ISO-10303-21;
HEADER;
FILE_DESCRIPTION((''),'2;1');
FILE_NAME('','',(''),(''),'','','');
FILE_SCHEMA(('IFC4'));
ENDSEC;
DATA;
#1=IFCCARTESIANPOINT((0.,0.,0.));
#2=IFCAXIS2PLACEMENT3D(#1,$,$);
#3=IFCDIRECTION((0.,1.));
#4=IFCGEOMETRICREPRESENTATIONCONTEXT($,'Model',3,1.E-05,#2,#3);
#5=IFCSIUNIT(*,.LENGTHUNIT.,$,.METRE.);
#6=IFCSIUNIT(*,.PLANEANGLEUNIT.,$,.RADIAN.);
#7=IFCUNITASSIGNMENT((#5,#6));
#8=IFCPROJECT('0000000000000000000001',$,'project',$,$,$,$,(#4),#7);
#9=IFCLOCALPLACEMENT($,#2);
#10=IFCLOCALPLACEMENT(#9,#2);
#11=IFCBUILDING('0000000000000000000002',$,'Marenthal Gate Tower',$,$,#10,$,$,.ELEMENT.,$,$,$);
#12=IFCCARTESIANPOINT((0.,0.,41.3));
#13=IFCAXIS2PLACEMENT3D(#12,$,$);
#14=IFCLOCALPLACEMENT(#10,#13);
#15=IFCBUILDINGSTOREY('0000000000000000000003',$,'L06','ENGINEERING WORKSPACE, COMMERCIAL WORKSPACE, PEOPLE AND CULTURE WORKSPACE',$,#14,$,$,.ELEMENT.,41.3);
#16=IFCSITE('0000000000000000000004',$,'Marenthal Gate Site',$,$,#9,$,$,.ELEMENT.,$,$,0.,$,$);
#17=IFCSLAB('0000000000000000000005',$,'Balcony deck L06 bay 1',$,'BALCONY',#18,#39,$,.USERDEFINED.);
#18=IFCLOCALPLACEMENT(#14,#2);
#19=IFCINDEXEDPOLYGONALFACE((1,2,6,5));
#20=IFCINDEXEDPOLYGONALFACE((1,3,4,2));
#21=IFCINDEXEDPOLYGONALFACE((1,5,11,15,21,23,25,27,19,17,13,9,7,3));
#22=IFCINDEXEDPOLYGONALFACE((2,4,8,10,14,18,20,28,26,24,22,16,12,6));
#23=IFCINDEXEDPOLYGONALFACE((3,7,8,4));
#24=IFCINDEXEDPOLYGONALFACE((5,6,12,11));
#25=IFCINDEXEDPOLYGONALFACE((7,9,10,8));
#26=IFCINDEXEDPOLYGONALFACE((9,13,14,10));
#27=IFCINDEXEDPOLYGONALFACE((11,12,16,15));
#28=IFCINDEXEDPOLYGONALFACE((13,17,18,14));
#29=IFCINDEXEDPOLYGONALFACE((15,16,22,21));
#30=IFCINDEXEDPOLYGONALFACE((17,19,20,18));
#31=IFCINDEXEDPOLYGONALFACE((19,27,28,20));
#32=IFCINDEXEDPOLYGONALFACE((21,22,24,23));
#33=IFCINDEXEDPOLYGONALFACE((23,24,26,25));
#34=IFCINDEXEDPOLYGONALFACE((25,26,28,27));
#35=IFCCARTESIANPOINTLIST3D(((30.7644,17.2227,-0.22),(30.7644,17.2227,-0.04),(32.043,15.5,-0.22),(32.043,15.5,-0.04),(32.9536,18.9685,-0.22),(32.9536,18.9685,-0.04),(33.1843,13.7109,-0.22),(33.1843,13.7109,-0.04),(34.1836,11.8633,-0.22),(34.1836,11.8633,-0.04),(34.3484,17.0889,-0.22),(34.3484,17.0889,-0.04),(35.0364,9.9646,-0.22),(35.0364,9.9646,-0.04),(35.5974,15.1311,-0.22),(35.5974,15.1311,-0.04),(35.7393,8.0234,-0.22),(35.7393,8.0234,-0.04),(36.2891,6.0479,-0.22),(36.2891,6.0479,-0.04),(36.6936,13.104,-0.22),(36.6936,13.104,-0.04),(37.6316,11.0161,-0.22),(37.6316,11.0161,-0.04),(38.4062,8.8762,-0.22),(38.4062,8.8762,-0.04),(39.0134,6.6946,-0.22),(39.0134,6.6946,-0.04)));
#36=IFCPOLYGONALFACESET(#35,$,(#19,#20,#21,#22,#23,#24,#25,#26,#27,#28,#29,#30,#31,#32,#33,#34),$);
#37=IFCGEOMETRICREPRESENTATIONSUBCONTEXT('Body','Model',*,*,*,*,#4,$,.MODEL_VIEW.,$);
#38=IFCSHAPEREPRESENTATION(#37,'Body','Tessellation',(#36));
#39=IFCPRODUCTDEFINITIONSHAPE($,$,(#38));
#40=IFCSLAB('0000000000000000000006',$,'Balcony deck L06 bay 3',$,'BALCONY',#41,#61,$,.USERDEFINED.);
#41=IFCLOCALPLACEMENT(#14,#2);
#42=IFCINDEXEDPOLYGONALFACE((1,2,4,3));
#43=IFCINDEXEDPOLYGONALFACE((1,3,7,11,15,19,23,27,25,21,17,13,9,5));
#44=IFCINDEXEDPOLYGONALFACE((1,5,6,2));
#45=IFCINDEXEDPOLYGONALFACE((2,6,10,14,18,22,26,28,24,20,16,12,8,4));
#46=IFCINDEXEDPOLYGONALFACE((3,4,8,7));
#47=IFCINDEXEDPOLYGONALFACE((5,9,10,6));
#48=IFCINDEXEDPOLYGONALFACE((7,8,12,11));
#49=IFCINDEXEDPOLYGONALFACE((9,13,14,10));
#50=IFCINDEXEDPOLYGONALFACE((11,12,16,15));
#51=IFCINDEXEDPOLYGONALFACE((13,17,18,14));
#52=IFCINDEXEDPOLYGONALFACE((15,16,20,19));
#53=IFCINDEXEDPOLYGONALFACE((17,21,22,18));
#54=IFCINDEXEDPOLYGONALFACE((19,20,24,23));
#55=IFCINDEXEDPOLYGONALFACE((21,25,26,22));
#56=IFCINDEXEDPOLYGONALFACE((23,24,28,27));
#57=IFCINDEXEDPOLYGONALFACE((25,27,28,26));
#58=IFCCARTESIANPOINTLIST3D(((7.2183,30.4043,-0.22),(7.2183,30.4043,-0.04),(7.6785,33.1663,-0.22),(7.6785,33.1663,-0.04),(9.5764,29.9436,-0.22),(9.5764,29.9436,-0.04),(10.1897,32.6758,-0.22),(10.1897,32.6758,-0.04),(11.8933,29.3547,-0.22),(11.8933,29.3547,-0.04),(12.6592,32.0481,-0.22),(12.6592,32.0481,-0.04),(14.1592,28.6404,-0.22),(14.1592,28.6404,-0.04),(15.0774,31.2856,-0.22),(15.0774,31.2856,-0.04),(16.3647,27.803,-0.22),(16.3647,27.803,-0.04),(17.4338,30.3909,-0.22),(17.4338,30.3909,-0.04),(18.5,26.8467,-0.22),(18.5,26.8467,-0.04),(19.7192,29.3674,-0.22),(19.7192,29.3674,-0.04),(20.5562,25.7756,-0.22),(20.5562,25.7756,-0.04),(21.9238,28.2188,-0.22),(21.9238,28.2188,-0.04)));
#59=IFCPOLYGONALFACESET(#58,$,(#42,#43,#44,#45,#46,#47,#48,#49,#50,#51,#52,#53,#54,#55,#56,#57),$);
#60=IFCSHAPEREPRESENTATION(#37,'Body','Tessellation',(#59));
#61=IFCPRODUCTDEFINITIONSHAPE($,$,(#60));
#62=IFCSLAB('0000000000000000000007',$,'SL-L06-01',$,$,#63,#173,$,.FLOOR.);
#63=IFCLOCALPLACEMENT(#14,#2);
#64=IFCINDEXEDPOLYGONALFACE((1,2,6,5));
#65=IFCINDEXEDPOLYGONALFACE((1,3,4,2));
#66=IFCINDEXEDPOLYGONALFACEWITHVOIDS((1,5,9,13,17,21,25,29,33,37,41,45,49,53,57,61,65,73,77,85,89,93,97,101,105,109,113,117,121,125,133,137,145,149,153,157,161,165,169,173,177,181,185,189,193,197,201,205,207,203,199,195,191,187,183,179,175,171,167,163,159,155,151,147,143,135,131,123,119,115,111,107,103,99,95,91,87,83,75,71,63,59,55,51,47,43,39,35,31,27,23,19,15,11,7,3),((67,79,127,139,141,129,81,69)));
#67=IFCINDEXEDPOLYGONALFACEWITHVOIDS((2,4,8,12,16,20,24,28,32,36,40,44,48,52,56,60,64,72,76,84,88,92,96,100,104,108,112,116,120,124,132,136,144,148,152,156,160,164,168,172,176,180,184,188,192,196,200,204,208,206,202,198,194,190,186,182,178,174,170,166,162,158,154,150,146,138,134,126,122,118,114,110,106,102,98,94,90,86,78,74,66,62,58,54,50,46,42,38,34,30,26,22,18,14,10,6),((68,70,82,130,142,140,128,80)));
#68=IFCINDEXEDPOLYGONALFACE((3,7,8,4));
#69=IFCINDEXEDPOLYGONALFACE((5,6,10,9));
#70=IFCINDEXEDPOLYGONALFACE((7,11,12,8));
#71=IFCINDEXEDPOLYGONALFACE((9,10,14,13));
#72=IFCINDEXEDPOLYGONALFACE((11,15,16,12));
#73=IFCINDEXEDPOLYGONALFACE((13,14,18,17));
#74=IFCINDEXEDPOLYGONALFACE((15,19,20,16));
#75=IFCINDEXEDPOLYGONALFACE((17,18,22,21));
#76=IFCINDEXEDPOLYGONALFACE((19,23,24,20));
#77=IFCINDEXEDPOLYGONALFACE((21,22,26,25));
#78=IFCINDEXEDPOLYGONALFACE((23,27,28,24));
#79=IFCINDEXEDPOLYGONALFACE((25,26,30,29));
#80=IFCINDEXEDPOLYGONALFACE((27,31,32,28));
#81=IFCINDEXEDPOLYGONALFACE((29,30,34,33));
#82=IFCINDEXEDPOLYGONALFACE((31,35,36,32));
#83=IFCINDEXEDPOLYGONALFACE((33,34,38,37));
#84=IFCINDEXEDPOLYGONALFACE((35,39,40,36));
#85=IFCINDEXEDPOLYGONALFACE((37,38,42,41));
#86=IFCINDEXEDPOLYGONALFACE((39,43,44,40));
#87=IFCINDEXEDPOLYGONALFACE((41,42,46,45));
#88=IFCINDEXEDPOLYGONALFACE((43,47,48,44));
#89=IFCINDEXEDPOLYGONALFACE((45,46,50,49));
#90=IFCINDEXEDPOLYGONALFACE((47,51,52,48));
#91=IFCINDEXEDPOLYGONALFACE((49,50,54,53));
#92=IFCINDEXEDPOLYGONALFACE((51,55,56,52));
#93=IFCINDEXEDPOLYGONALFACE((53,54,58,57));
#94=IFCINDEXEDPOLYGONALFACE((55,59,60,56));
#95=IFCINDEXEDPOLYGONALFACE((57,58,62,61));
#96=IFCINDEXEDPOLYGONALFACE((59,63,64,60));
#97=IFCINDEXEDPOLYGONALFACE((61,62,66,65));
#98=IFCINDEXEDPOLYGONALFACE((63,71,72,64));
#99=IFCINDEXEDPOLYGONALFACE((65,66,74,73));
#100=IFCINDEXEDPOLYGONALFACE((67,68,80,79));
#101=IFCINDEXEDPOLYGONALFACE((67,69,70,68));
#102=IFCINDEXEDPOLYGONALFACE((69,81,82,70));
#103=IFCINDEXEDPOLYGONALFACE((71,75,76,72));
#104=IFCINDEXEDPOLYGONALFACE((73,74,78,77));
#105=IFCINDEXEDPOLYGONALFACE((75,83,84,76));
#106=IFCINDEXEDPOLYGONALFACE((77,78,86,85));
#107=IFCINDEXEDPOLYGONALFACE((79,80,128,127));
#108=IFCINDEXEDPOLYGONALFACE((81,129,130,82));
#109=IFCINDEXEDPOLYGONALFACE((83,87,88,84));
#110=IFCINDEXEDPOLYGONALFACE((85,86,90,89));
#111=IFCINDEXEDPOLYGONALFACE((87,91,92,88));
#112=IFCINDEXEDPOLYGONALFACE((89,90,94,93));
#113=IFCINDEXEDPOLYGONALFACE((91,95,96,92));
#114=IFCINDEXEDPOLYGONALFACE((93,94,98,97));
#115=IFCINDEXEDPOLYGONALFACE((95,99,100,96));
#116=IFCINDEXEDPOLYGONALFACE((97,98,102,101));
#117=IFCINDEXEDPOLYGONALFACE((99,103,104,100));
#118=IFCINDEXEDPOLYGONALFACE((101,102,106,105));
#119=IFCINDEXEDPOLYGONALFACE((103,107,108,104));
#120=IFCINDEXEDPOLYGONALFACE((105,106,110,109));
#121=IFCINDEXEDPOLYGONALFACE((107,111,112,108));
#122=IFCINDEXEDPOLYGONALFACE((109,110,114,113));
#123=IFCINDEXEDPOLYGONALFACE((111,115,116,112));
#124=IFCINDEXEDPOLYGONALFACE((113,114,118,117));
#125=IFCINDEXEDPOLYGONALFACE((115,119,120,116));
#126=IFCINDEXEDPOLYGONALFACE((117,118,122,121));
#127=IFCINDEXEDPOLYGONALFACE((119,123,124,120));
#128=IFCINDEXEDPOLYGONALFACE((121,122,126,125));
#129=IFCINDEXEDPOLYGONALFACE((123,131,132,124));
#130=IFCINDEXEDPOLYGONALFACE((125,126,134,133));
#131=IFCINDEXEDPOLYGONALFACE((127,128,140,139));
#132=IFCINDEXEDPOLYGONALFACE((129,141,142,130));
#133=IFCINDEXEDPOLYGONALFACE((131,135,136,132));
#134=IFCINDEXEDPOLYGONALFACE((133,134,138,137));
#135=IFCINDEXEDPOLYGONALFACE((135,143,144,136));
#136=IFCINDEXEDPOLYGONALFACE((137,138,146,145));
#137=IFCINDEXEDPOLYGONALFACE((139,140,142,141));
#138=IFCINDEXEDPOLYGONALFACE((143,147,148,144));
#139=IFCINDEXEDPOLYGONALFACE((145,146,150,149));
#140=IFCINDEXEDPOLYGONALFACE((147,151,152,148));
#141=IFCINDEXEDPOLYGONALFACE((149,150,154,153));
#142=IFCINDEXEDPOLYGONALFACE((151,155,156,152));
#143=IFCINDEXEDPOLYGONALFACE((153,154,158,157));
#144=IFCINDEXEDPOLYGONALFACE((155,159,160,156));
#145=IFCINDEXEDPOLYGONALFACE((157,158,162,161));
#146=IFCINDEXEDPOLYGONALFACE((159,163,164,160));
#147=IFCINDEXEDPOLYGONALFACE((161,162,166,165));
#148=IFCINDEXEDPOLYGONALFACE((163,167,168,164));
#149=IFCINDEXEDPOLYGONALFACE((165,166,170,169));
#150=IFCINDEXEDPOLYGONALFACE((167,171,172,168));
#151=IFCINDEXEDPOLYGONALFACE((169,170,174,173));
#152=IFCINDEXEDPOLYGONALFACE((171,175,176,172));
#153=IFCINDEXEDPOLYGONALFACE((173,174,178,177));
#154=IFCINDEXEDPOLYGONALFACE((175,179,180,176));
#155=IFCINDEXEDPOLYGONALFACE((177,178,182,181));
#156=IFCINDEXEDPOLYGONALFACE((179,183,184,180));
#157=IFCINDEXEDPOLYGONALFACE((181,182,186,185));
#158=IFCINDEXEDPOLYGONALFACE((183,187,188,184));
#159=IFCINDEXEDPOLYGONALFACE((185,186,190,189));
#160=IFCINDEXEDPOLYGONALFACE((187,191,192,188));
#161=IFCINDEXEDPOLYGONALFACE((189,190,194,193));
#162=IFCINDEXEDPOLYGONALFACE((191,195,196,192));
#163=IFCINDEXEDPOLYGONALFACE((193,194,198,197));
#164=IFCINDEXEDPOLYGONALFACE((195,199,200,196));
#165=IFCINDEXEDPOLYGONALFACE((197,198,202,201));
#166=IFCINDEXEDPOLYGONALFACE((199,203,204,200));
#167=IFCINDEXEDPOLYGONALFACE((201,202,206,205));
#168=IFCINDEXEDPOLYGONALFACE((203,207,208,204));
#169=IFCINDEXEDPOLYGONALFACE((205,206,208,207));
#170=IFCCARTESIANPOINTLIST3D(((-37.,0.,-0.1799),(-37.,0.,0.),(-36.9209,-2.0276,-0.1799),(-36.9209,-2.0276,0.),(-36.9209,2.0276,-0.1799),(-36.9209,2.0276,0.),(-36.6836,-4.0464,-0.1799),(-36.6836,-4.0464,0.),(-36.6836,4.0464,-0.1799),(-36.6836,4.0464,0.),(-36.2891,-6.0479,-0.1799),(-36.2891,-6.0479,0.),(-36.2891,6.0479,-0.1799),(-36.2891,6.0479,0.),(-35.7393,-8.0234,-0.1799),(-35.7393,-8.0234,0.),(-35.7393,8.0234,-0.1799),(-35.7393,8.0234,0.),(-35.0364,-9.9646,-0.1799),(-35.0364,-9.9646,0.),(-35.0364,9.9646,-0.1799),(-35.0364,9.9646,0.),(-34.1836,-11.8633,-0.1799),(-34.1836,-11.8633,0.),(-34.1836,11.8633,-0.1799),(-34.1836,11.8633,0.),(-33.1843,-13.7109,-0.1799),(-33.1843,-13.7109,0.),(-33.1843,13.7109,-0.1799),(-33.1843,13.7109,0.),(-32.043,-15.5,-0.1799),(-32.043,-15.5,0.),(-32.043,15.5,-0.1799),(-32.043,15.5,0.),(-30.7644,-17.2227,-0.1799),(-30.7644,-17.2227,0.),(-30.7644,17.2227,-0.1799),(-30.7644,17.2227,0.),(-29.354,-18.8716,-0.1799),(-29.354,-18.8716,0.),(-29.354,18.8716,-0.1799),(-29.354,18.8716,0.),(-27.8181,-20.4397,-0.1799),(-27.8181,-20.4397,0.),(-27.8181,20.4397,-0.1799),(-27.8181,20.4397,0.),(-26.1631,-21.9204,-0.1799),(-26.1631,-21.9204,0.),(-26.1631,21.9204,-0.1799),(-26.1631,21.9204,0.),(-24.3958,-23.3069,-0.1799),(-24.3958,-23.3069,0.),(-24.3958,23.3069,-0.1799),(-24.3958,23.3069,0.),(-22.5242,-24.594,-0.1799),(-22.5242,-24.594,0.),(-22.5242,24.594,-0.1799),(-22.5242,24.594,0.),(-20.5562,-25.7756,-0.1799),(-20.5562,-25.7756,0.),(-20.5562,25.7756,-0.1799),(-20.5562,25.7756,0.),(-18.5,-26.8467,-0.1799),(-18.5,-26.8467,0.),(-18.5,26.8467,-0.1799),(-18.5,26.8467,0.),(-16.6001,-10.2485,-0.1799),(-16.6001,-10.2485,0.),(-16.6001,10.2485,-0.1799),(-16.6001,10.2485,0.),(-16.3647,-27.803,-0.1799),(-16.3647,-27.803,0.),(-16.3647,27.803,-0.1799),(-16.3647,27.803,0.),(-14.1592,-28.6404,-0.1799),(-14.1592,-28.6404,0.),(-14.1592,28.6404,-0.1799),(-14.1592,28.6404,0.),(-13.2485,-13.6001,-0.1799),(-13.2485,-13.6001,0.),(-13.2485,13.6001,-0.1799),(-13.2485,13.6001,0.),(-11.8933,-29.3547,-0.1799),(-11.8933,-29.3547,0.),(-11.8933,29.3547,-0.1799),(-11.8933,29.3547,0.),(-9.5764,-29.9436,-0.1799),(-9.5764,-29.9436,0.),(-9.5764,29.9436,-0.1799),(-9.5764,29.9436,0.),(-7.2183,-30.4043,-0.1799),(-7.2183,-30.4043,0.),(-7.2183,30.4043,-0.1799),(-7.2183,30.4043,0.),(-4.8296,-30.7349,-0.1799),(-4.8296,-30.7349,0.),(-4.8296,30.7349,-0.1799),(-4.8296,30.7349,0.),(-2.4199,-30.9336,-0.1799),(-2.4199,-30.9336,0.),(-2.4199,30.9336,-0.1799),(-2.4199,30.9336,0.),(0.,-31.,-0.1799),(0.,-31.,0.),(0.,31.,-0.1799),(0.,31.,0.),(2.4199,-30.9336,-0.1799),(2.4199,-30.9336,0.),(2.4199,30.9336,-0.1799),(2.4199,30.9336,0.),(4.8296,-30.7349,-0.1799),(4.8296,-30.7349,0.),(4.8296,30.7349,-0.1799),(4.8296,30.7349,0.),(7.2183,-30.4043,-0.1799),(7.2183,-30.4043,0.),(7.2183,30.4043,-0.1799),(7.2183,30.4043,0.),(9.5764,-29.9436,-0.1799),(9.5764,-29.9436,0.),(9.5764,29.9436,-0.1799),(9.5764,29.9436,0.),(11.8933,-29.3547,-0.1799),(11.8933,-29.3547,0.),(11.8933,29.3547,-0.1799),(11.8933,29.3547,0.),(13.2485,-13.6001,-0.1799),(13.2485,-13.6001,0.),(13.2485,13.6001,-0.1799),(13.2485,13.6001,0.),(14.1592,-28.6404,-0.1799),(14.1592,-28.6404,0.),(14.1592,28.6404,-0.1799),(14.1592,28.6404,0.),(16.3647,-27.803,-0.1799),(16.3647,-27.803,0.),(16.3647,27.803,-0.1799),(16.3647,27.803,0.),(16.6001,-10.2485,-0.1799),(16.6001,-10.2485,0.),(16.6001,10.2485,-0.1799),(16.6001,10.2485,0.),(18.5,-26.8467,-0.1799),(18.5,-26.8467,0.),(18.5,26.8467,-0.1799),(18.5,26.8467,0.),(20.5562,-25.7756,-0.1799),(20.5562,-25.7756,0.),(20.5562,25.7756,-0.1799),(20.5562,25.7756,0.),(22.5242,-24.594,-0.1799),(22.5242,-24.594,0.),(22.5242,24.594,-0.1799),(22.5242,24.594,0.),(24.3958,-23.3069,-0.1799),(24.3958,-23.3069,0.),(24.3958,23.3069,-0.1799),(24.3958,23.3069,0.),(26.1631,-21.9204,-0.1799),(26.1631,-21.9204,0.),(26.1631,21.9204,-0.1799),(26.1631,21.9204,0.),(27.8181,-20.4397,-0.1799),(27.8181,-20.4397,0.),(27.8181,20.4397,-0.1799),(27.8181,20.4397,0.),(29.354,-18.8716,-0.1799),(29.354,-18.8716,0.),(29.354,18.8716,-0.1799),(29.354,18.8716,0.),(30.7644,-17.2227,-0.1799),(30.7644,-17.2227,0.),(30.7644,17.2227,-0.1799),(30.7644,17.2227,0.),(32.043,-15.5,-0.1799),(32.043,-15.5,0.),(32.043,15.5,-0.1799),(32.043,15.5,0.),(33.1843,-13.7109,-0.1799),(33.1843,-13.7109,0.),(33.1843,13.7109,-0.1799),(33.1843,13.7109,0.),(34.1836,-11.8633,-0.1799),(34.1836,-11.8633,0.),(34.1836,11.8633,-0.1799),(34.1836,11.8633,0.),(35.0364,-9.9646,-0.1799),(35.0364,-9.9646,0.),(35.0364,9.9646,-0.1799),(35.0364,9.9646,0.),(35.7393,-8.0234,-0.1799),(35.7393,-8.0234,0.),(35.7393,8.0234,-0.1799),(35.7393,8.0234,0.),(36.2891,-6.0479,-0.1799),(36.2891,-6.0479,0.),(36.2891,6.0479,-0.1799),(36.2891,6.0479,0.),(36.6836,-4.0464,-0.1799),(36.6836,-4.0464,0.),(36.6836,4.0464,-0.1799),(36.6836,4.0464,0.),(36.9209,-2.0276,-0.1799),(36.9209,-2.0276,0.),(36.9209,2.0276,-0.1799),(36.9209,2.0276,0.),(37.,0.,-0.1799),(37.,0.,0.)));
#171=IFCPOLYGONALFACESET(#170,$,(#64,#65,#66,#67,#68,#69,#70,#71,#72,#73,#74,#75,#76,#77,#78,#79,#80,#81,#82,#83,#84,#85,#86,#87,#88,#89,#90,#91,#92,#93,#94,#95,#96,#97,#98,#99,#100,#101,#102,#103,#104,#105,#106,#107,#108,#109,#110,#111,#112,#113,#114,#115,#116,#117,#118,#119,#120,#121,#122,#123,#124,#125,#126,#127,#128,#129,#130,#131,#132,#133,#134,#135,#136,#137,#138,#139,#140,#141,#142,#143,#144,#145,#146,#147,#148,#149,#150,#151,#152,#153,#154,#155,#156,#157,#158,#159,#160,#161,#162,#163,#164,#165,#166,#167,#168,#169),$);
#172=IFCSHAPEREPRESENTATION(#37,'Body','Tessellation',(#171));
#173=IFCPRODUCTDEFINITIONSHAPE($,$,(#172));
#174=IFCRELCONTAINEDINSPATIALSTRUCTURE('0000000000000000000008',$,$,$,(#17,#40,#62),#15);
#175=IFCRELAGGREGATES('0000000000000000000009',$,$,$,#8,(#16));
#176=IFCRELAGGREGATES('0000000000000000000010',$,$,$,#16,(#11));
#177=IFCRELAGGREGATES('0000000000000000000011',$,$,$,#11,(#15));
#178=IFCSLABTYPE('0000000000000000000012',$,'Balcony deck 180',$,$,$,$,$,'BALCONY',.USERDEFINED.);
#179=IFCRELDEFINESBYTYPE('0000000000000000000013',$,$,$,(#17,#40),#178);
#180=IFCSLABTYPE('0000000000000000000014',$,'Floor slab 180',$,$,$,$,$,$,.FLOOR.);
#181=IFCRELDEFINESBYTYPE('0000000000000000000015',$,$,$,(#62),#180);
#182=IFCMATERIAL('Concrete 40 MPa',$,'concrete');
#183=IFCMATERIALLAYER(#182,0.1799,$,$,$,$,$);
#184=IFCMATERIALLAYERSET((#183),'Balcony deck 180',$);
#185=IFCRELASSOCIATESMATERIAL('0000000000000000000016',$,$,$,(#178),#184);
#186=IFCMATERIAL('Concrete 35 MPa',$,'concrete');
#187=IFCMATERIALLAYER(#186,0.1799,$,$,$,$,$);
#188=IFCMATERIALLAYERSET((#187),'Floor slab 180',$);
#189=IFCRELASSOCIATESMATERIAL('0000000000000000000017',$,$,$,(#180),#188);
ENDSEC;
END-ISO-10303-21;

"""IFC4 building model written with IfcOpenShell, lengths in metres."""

from ifc_helpers import new_model, si_unit, direction, frame, origin, place, context, subcontext, project, spatial, polyline, outline, extrude, material, layer, layer_set, type_object, element, save


model = new_model("IFC4")

# Units and contexts
model_context = context("Model", 3, precision=1e-05, world=origin(), true_north=direction((0.0, 1.0)))
body_context = subcontext(model_context, "Body", "Model", "MODEL_VIEW")
ifc_project = project(units=[si_unit("LENGTHUNIT", "METRE"), si_unit("PLANEANGLEUNIT", "RADIAN")], contexts=[model_context])

# Site, building, storey
site_placement = place(None, origin())
site = spatial("IfcSite", under=ifc_project, at=site_placement, Name="Marenthal Gate Site", CompositionType="ELEMENT", RefElevation=0.0)
building_placement = place(site_placement, origin())
building = spatial("IfcBuilding", under=site, at=building_placement, Name="Marenthal Gate Tower", CompositionType="ELEMENT")
storey_placement = place(building_placement, frame((0.0, 0.0, 41.3)))
storey = spatial("IfcBuildingStorey", under=building, at=storey_placement, Name="L06", Description="ENGINEERING WORKSPACE, COMMERCIAL WORKSPACE, PEOPLE AND CULTURE WORKSPACE", CompositionType="ELEMENT", Elevation=41.3)

# Slabs
ifc_material_1 = material(Name="Concrete 40 MPa", Category="concrete")
ifc_layer_1 = layer(ifc_material_1, 0.1799)
ifc_layer_set_1 = layer_set([ifc_layer_1], Name="Balcony deck 180")
slab_type_1 = type_object("IfcSlabType", Name="Balcony deck 180", ElementType="BALCONY", PredefinedType="USERDEFINED", material=ifc_layer_set_1)
slab_1_placement = place(storey_placement, frame((0.0, 0.0, -0.22)))
element("IfcSlab", 1, at=slab_1_placement, inside=storey, type_object=slab_type_1, Name="Balcony deck L06 bay 1", ObjectType="BALCONY", PredefinedType="USERDEFINED", context=body_context, shape_type="SweptSolid", body=[
    extrude(outline(polyline([(36.2891, 6.0479), (35.7393, 8.0234), (35.0364, 9.9646), (34.1836, 11.8633), (33.1843, 13.7109), (32.043, 15.5), (30.7644, 17.2227), (32.9536, 18.9685), (34.3484, 17.0889), (35.5974, 15.1311), (36.6936, 13.104), (37.6316, 11.0161), (38.4062, 8.8762), (39.0134, 6.6946), (36.2891, 6.0479)])), origin(), (0.0, 0.0, 1.0), 0.1799),
])
slab_2_placement = place(storey_placement, frame((0.0, 0.0, -0.22)))
element("IfcSlab", 2, at=slab_2_placement, inside=storey, type_object=slab_type_1, Name="Balcony deck L06 bay 3", ObjectType="BALCONY", PredefinedType="USERDEFINED", context=body_context, shape_type="SweptSolid", body=[
    extrude(outline(polyline([(20.5562, 25.7756), (18.5, 26.8467), (16.3647, 27.803), (14.1592, 28.6404), (11.8933, 29.3547), (9.5764, 29.9436), (7.2183, 30.4043), (7.6785, 33.1663), (10.1897, 32.6758), (12.6592, 32.0481), (15.0774, 31.2856), (17.4338, 30.3909), (19.7192, 29.3674), (21.9238, 28.2188), (20.5562, 25.7756)])), origin(), (0.0, 0.0, 1.0), 0.1799),
])
ifc_material_2 = material(Name="Concrete 35 MPa", Category="concrete")
ifc_layer_2 = layer(ifc_material_2, 0.1799)
ifc_layer_set_2 = layer_set([ifc_layer_2], Name="Floor slab 180")
slab_type_2 = type_object("IfcSlabType", Name="Floor slab 180", PredefinedType="FLOOR", material=ifc_layer_set_2)
slab_3_placement = place(storey_placement, frame((0.0, 0.0, -0.1799)))
element("IfcSlab", 3, at=slab_3_placement, inside=storey, type_object=slab_type_2, Name="SL-L06-01", PredefinedType="FLOOR", context=body_context, shape_type="SweptSolid", body=[
    extrude(outline(polyline([(37.0, 0.0), (36.9209, 2.0276), (36.6836, 4.0464), (36.2891, 6.0479), (35.7393, 8.0234), (35.0364, 9.9646), (34.1836, 11.8633), (33.1843, 13.7109), (32.043, 15.5), (30.7644, 17.2227), (29.354, 18.8716), (27.8181, 20.4397), (26.1631, 21.9204), (24.3958, 23.3069), (22.5242, 24.594), (20.5562, 25.7756), (18.5, 26.8467), (16.3647, 27.803), (14.1592, 28.6404), (11.8933, 29.3547), (9.5764, 29.9436), (7.2183, 30.4043), (4.8296, 30.7349), (2.4199, 30.9336), (0.0, 31.0), (-2.4199, 30.9336), (-4.8296, 30.7349), (-7.2183, 30.4043), (-9.5764, 29.9436), (-11.8933, 29.3547), (-14.1592, 28.6404), (-16.3647, 27.803), (-18.5, 26.8467), (-20.5562, 25.7756), (-22.5242, 24.594), (-24.3958, 23.3069), (-26.1631, 21.9204), (-27.8181, 20.4397), (-29.354, 18.8716), (-30.7644, 17.2227), (-32.043, 15.5), (-33.1843, 13.7109), (-34.1836, 11.8633), (-35.0364, 9.9646), (-35.7393, 8.0234), (-36.2891, 6.0479), (-36.6836, 4.0464), (-36.9209, 2.0276), (-37.0, 0.0), (-36.9209, -2.0276), (-36.6836, -4.0464), (-36.2891, -6.0479), (-35.7393, -8.0234), (-35.0364, -9.9646), (-34.1836, -11.8633), (-33.1843, -13.7109), (-32.043, -15.5), (-30.7644, -17.2227), (-29.354, -18.8716), (-27.8181, -20.4397), (-26.1631, -21.9204), (-24.3958, -23.3069), (-22.5242, -24.594), (-20.5562, -25.7756), (-18.5, -26.8467), (-16.3647, -27.803), (-14.1592, -28.6404), (-11.8933, -29.3547), (-9.5764, -29.9436), (-7.2183, -30.4043), (-4.8296, -30.7349), (-2.4199, -30.9336), (0.0, -31.0), (2.4199, -30.9336), (4.8296, -30.7349), (7.2183, -30.4043), (9.5764, -29.9436), (11.8933, -29.3547), (14.1592, -28.6404), (16.3647, -27.803), (18.5, -26.8467), (20.5562, -25.7756), (22.5242, -24.594), (24.3958, -23.3069), (26.1631, -21.9204), (27.8181, -20.4397), (29.354, -18.8716), (30.7644, -17.2227), (32.043, -15.5), (33.1843, -13.7109), (34.1836, -11.8633), (35.0364, -9.9646), (35.7393, -8.0234), (36.2891, -6.0479), (36.6836, -4.0464), (36.9209, -2.0276), (37.0, 0.0)]), holes=[polyline([(13.2485, -13.6001), (16.6001, -10.2485), (16.6001, 10.2485), (13.2485, 13.6001), (-13.2485, 13.6001), (-16.6001, 10.2485), (-16.6001, -10.2485), (-13.2485, -13.6001), (13.2485, -13.6001)])]), origin(), (0.0, 0.0, 1.0), 0.1799),
])

save(model, "model.ifc")
